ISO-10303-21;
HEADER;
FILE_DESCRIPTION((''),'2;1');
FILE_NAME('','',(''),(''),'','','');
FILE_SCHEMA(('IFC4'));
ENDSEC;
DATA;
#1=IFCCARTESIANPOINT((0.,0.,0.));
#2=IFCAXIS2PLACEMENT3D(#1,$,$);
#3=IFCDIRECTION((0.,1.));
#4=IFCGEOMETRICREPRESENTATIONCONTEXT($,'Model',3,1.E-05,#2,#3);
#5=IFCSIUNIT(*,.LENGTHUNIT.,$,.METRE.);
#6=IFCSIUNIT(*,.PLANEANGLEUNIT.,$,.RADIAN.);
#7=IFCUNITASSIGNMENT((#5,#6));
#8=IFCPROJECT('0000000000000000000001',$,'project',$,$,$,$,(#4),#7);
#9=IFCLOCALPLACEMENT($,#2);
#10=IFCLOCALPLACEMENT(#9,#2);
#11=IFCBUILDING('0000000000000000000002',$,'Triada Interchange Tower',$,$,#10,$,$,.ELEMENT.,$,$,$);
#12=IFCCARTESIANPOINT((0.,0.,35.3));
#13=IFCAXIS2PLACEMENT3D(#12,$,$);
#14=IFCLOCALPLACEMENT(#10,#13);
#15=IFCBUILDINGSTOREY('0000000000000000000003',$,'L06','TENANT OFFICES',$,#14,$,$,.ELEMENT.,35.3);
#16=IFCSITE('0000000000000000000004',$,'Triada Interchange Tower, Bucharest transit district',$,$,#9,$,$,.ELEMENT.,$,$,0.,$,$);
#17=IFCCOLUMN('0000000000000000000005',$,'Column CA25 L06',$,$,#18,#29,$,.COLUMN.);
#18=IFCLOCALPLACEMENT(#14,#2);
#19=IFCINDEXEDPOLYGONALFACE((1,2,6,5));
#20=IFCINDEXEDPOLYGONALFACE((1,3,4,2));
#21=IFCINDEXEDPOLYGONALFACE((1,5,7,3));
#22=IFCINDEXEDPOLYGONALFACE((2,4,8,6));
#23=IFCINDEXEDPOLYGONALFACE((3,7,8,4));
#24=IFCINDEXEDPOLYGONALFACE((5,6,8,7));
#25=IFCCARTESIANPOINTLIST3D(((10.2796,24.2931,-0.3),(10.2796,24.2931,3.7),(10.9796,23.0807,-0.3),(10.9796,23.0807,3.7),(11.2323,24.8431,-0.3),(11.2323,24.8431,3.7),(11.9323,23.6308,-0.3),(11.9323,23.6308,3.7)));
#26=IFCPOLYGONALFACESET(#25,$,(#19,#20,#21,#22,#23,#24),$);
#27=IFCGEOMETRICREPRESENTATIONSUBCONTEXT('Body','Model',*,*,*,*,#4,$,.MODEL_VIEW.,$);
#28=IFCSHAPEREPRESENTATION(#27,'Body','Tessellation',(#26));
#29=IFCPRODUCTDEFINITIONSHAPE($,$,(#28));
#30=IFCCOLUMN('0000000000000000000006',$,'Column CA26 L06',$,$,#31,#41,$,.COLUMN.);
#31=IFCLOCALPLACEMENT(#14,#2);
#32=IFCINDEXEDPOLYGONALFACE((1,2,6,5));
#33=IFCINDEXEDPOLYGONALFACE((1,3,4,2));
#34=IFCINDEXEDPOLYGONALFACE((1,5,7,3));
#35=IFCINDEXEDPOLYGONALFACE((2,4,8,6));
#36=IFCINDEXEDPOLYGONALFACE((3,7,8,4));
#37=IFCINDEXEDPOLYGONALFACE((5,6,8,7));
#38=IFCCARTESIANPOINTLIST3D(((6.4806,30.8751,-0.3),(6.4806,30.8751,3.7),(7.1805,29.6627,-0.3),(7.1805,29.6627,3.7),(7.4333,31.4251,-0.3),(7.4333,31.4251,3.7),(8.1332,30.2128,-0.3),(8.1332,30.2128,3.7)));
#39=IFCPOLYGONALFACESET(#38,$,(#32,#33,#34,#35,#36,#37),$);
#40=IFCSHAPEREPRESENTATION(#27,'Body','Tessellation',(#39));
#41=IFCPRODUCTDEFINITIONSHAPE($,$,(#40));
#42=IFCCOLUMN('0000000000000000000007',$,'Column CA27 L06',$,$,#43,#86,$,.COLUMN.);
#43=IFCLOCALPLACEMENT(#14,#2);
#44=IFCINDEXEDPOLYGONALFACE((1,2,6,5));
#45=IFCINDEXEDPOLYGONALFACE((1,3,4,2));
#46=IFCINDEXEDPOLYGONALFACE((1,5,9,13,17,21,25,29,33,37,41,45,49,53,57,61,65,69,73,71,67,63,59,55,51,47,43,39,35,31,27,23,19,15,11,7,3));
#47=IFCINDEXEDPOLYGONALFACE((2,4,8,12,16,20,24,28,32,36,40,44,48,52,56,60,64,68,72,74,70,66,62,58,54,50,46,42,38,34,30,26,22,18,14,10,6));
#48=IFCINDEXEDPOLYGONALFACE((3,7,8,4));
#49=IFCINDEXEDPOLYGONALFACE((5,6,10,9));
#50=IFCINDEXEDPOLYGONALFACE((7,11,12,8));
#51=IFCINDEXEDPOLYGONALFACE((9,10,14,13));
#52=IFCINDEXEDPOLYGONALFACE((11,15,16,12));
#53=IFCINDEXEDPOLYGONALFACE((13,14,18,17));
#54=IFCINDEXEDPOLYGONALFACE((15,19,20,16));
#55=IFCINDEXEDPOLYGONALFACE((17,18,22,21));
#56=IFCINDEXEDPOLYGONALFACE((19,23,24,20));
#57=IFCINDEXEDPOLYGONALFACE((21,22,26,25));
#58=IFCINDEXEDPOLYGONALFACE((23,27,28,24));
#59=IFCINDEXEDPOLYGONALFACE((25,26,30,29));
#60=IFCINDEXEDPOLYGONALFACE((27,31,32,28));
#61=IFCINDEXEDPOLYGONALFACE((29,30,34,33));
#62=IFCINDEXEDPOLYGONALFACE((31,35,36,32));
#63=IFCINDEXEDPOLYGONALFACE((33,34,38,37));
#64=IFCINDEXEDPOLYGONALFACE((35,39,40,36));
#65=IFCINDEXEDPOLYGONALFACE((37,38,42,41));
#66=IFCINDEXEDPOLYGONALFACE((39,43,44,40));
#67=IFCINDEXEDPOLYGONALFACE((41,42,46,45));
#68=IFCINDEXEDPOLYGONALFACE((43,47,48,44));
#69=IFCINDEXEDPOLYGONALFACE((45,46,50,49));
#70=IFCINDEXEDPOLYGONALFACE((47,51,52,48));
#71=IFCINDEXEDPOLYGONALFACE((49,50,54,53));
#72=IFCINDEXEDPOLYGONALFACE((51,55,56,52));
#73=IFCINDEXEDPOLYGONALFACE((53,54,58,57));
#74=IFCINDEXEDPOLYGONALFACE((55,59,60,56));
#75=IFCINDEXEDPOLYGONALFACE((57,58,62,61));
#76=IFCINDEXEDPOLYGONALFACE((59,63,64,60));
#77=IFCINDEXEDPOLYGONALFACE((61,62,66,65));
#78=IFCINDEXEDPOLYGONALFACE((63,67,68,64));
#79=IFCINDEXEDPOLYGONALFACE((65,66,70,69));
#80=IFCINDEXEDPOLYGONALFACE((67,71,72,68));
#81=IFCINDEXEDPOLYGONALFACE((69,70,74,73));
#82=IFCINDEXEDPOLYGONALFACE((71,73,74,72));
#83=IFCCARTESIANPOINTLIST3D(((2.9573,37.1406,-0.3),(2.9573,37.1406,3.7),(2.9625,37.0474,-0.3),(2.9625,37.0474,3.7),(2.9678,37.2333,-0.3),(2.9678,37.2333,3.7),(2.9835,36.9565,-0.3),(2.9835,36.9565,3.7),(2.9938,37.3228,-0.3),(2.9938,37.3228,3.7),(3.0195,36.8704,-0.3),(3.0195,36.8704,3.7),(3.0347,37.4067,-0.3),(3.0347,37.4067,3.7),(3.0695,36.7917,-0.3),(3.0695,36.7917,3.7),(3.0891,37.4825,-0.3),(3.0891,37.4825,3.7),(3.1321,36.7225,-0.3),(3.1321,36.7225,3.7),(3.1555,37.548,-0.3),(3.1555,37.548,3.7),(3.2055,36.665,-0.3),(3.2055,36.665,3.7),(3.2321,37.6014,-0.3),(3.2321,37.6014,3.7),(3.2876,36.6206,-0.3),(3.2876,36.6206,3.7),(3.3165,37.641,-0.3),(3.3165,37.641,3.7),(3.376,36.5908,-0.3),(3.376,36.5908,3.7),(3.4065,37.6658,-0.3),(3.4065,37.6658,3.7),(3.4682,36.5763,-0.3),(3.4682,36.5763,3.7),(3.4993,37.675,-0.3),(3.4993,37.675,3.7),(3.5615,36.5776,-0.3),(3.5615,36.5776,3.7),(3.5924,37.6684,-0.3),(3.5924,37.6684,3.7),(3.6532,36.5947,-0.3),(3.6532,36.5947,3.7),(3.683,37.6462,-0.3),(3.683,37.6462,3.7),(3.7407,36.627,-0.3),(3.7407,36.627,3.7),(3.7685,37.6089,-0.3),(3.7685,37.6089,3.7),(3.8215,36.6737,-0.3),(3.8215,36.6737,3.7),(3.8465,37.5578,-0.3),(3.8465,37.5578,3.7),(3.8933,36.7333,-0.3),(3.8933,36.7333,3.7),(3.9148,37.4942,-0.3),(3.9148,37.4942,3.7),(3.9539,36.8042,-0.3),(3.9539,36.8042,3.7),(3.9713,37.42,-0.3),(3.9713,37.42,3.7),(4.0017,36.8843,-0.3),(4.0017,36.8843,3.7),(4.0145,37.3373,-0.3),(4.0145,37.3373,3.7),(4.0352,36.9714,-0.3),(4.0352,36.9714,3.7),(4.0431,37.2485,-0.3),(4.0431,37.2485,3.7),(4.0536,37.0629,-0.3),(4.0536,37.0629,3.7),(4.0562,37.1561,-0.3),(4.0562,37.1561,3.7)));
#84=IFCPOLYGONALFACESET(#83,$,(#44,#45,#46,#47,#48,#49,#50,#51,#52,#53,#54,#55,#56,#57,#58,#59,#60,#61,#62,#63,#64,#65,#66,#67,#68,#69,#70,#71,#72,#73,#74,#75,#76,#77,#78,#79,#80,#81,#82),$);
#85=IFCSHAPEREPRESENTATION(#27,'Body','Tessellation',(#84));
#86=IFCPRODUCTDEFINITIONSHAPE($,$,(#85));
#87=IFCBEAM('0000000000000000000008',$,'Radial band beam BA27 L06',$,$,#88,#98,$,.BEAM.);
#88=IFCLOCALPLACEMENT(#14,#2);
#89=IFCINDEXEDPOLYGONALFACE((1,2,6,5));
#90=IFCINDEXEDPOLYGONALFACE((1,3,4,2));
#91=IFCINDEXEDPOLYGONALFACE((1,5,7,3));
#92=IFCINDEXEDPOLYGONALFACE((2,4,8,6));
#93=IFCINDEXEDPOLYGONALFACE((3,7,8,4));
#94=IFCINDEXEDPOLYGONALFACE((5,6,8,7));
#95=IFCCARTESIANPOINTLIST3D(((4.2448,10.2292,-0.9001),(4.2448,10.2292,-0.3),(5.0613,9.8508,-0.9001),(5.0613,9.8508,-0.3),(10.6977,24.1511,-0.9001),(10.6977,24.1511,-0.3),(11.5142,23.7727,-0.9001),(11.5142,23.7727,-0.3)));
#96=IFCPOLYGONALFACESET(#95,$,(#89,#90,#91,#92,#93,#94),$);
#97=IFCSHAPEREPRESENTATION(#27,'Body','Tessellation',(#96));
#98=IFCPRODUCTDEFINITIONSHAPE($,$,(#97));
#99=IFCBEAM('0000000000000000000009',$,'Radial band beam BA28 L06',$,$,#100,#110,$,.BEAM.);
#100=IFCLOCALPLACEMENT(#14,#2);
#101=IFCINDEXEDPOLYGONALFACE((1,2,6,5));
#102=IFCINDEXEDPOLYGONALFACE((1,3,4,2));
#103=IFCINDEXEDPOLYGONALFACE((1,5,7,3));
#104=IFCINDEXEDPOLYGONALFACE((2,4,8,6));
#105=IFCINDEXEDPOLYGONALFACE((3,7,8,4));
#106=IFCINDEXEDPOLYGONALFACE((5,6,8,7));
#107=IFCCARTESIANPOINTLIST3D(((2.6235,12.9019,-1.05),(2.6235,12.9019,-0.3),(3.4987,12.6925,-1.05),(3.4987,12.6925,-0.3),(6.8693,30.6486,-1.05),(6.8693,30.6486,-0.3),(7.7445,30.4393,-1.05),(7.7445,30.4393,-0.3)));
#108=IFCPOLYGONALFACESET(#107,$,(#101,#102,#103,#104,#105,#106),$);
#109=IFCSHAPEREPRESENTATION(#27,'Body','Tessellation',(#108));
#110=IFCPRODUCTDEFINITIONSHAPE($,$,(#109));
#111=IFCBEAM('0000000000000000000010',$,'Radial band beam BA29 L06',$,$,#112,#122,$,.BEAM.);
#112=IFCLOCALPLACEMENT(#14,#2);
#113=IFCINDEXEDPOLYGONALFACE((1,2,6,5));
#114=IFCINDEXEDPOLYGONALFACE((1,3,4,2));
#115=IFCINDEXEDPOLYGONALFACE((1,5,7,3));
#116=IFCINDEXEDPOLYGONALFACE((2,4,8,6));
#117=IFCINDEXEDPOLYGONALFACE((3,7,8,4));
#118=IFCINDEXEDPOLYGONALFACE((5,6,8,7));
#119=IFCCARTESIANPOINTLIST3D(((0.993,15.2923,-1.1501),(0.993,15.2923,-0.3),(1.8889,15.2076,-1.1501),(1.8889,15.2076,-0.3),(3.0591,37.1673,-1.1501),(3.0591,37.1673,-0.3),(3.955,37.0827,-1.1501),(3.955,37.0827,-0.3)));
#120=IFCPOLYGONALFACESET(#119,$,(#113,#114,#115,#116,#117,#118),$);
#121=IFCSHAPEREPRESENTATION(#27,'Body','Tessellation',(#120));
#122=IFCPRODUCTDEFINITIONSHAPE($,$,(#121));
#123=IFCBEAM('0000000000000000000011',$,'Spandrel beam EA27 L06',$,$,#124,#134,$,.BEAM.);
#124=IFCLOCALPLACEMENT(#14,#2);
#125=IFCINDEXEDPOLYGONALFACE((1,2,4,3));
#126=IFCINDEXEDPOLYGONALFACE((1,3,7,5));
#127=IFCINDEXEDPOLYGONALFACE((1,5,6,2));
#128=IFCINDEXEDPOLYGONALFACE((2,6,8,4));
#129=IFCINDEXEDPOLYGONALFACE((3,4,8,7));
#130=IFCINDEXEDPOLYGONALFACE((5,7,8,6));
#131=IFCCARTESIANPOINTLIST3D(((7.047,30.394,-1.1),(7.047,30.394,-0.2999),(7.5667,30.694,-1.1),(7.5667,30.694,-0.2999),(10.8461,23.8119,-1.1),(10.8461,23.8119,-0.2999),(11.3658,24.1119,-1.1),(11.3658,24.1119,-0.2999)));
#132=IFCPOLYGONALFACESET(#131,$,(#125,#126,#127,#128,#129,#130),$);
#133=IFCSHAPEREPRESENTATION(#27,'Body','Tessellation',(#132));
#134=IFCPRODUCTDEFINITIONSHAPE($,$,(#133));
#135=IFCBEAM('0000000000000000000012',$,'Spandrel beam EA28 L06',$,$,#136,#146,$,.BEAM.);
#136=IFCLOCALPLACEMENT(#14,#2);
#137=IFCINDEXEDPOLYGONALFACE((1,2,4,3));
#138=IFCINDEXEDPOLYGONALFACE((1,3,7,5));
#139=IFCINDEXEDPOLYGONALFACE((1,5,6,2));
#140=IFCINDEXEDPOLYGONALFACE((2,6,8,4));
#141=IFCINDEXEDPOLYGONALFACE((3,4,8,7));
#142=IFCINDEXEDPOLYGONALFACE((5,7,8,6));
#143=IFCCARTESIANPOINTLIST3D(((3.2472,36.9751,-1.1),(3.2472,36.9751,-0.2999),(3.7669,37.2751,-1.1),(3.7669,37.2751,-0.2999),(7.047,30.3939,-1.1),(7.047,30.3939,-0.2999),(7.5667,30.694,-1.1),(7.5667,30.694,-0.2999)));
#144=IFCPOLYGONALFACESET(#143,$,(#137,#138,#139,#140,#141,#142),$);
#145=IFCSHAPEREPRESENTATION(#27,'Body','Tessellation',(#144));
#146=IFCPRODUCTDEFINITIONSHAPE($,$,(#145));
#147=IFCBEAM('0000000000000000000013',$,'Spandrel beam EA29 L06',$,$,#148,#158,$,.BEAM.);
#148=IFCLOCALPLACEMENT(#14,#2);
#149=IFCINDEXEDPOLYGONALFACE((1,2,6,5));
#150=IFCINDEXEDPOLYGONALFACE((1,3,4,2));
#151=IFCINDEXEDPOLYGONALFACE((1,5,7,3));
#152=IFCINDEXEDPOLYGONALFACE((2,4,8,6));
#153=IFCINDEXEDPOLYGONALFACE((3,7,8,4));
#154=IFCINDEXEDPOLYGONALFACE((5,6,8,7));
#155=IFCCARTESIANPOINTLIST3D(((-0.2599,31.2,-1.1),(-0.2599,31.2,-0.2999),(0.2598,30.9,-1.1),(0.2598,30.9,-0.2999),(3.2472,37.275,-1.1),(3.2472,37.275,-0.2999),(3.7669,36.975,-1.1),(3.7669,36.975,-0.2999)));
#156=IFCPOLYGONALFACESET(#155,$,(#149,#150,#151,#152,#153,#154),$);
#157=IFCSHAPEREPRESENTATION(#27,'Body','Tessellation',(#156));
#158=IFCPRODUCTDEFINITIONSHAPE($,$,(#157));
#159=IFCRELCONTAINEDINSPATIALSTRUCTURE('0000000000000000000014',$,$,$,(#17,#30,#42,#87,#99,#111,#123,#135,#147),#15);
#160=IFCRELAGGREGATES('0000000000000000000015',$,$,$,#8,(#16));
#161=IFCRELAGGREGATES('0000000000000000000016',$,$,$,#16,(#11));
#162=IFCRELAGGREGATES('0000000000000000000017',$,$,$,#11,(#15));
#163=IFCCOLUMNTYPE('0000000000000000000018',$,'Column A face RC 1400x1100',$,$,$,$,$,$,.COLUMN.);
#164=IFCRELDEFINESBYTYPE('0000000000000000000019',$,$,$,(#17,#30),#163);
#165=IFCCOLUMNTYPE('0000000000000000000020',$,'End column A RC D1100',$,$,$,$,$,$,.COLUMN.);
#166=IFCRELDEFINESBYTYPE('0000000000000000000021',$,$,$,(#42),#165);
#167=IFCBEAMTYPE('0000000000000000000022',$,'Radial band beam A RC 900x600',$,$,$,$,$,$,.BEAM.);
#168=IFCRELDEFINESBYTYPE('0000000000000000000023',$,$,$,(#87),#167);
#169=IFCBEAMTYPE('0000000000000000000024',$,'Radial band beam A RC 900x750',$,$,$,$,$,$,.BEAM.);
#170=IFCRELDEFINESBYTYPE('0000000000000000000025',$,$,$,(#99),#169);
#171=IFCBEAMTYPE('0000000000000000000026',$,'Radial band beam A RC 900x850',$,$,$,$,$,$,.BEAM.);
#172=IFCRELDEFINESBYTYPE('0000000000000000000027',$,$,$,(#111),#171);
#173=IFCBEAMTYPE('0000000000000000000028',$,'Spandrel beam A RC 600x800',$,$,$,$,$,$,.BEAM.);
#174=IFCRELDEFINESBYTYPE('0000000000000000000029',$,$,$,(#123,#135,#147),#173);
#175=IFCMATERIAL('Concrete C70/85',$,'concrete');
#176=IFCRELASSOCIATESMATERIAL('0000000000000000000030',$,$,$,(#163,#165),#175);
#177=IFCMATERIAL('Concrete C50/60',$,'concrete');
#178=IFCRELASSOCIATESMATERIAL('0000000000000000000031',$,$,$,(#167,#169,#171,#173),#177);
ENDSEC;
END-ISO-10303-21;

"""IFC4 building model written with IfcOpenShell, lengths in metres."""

from ifc_helpers import new_model, si_unit, direction, frame, origin, origin_2d, place, context, subcontext, project, spatial, rectangle, circle, extrude, material, material_profile, profile_set, type_object, element, save


model = new_model("IFC4")

# Units and contexts
model_context = context("Model", 3, precision=1e-05, world=origin(), true_north=direction((0.0, 1.0)))
body_context = subcontext(model_context, "Body", "Model", "MODEL_VIEW")
ifc_project = project(units=[si_unit("LENGTHUNIT", "METRE"), si_unit("PLANEANGLEUNIT", "RADIAN")], contexts=[model_context])

# Site, building, storey
site_placement = place(None, origin())
site = spatial("IfcSite", under=ifc_project, at=site_placement, Name="Triada Interchange Tower, Bucharest transit district", CompositionType="ELEMENT", RefElevation=0.0)
building_placement = place(site_placement, origin())
building = spatial("IfcBuilding", under=site, at=building_placement, Name="Triada Interchange Tower", CompositionType="ELEMENT")
storey_placement = place(building_placement, frame((0.0, 0.0, 35.3)))
storey = spatial("IfcBuildingStorey", under=building, at=storey_placement, Name="L06", Description="TENANT OFFICES", CompositionType="ELEMENT", Elevation=35.3)

# Columns
ifc_material_1 = material(Name="Concrete C70/85", Category="concrete")
ifc_material_profile_1 = material_profile(ifc_material_1, rectangle(XDim=1.3999, YDim=1.1001, at=origin_2d()), Name="RC 1400x1100")
ifc_profile_set_1 = profile_set([ifc_material_profile_1], Name="Concrete C70/85")
column_type_1 = type_object("IfcColumnType", Name="Column A face RC 1400x1100", PredefinedType="COLUMN", material=ifc_profile_set_1)
for number, where, z_axis, x_axis, name in (
    (1, (11.106, 23.9619, -0.3), (0.0, 0.0, 1.0), (-0.5, 0.866025, 0.0), "Column CA25 L06"),
    (2, (7.3069, 30.5439, -0.3), (0.0, 0.0, 1.0), (-0.5, 0.866025, 0.0), "Column CA26 L06"),
):
    element("IfcColumn", number, at=place(storey_placement, frame(where, z_axis=z_axis, x_axis=x_axis)), inside=storey, type_object=column_type_1, Name=name, PredefinedType="COLUMN", context=body_context, shape_type="SweptSolid", body=[
        extrude(rectangle(XDim=1.3999, YDim=1.1001, at=origin_2d()), origin(), (0.0, 0.0, 1.0), 4.0),
    ])
ifc_material_profile_2 = material_profile(ifc_material_1, circle(Radius=0.55, at=origin_2d()), Name="RC D1100")
ifc_profile_set_2 = profile_set([ifc_material_profile_2], Name="Concrete C70/85")
column_type_2 = type_object("IfcColumnType", Name="End column A RC D1100", PredefinedType="COLUMN", material=ifc_profile_set_2)
column_placement = place(storey_placement, frame((3.5071, 37.125, -0.3), z_axis=(0.0, 0.0, 1.0), x_axis=(-0.5, 0.866025, 0.0)))
element("IfcColumn", 3, at=column_placement, inside=storey, type_object=column_type_2, Name="Column CA27 L06", PredefinedType="COLUMN", context=body_context, shape_type="SweptSolid", body=[
    extrude(circle(Radius=0.55, at=origin_2d()), origin(), (0.0, 0.0, 1.0), 4.0),
])

# Beams
ifc_material_2 = material(Name="Concrete C50/60", Category="concrete")
ifc_material_profile_3 = material_profile(ifc_material_2, rectangle(XDim=0.8999, YDim=0.6001, at=origin_2d()), Name="RC 900x600")
ifc_profile_set_3 = profile_set([ifc_material_profile_3], Name="Concrete C50/60")
beam_type_1 = type_object("IfcBeamType", Name="Radial band beam A RC 900x600", PredefinedType="BEAM", material=ifc_profile_set_3)
beam_1_placement = place(storey_placement, frame((11.106, 23.9619, -0.6001), z_axis=(-0.42053, -0.907279, 0.0), x_axis=(0.907279, -0.42053, 0.0)))
element("IfcBeam", 4, at=beam_1_placement, inside=storey, type_object=beam_type_1, Name="Radial band beam BA27 L06", PredefinedType="BEAM", context=body_context, shape_type="SweptSolid", body=[
    extrude(rectangle(XDim=0.8999, YDim=0.6001, at=origin_2d()), origin(), (0.0, 0.0, 1.0), 15.3447),
])
ifc_material_profile_4 = material_profile(ifc_material_2, rectangle(XDim=0.8999, YDim=0.75, at=origin_2d()), Name="RC 900x750")
ifc_profile_set_4 = profile_set([ifc_material_profile_4], Name="Concrete C50/60")
beam_type_2 = type_object("IfcBeamType", Name="Radial band beam A RC 900x750", PredefinedType="BEAM", material=ifc_profile_set_4)
beam_2_placement = place(storey_placement, frame((7.3069, 30.5439, -0.675), z_axis=(-0.232679, -0.972554, 0.0), x_axis=(0.972554, -0.232679, 0.0)))
element("IfcBeam", 5, at=beam_2_placement, inside=storey, type_object=beam_type_2, Name="Radial band beam BA28 L06", PredefinedType="BEAM", context=body_context, shape_type="SweptSolid", body=[
    extrude(rectangle(XDim=0.8999, YDim=0.75, at=origin_2d()), origin(), (0.0, 0.0, 1.0), 18.2476),
])
ifc_material_profile_5 = material_profile(ifc_material_2, rectangle(XDim=0.8999, YDim=0.8501, at=origin_2d()), Name="RC 900x850")
ifc_profile_set_5 = profile_set([ifc_material_profile_5], Name="Concrete C50/60")
beam_type_3 = type_object("IfcBeamType", Name="Radial band beam A RC 900x850", PredefinedType="BEAM", material=ifc_profile_set_5)
beam_3_placement = place(storey_placement, frame((3.5071, 37.125, -0.7251), z_axis=(-0.094035, -0.995569, 0.0), x_axis=(0.995569, -0.094035, 0.0)))
element("IfcBeam", 6, at=beam_3_placement, inside=storey, type_object=beam_type_3, Name="Radial band beam BA29 L06", PredefinedType="BEAM", context=body_context, shape_type="SweptSolid", body=[
    extrude(rectangle(XDim=0.8999, YDim=0.8501, at=origin_2d()), origin(), (0.0, 0.0, 1.0), 21.9724),
])
ifc_material_profile_6 = material_profile(ifc_material_2, rectangle(XDim=0.6001, YDim=0.8, at=origin_2d()), Name="RC 600x800")
ifc_profile_set_6 = profile_set([ifc_material_profile_6], Name="Concrete C50/60")
beam_type_4 = type_object("IfcBeamType", Name="Spandrel beam A RC 600x800", PredefinedType="BEAM", material=ifc_profile_set_6)
beam_4_placement = place(storey_placement, frame((11.106, 23.9619, -0.7), z_axis=(-0.499895, 0.866086, 0.0), x_axis=(-0.866086, -0.499895, 0.0)))
element("IfcBeam", 7, at=beam_4_placement, inside=storey, type_object=beam_type_4, Name="Spandrel beam EA27 L06", PredefinedType="BEAM", context=body_context, shape_type="SweptSolid", body=[
    extrude(rectangle(XDim=0.6001, YDim=0.8, at=origin_2d()), origin(), (0.0, 0.0, 1.0), 7.5999),
])
beam_5_placement = place(storey_placement, frame((7.3069, 30.5439, -0.7), z_axis=(-0.500023, 0.866012, 0.0), x_axis=(-0.866012, -0.500023, 0.0)))
element("IfcBeam", 8, at=beam_5_placement, inside=storey, type_object=beam_type_4, Name="Spandrel beam EA28 L06", PredefinedType="BEAM", context=body_context, shape_type="SweptSolid", body=[
    extrude(rectangle(XDim=0.6001, YDim=0.8, at=origin_2d()), origin(), (0.0, 0.0, 1.0), 7.5994),
])
beam_6_placement = place(storey_placement, frame((3.5071, 37.125, -0.7), z_axis=(-0.499968, -0.866044, 0.0), x_axis=(0.866044, -0.499968, 0.0)))
element("IfcBeam", 9, at=beam_6_placement, inside=storey, type_object=beam_type_4, Name="Spandrel beam EA29 L06", PredefinedType="BEAM", context=body_context, shape_type="SweptSolid", body=[
    extrude(rectangle(XDim=0.6001, YDim=0.8, at=origin_2d()), origin(), (0.0, 0.0, 1.0), 7.0146),
])

save(model, "model.ifc")
